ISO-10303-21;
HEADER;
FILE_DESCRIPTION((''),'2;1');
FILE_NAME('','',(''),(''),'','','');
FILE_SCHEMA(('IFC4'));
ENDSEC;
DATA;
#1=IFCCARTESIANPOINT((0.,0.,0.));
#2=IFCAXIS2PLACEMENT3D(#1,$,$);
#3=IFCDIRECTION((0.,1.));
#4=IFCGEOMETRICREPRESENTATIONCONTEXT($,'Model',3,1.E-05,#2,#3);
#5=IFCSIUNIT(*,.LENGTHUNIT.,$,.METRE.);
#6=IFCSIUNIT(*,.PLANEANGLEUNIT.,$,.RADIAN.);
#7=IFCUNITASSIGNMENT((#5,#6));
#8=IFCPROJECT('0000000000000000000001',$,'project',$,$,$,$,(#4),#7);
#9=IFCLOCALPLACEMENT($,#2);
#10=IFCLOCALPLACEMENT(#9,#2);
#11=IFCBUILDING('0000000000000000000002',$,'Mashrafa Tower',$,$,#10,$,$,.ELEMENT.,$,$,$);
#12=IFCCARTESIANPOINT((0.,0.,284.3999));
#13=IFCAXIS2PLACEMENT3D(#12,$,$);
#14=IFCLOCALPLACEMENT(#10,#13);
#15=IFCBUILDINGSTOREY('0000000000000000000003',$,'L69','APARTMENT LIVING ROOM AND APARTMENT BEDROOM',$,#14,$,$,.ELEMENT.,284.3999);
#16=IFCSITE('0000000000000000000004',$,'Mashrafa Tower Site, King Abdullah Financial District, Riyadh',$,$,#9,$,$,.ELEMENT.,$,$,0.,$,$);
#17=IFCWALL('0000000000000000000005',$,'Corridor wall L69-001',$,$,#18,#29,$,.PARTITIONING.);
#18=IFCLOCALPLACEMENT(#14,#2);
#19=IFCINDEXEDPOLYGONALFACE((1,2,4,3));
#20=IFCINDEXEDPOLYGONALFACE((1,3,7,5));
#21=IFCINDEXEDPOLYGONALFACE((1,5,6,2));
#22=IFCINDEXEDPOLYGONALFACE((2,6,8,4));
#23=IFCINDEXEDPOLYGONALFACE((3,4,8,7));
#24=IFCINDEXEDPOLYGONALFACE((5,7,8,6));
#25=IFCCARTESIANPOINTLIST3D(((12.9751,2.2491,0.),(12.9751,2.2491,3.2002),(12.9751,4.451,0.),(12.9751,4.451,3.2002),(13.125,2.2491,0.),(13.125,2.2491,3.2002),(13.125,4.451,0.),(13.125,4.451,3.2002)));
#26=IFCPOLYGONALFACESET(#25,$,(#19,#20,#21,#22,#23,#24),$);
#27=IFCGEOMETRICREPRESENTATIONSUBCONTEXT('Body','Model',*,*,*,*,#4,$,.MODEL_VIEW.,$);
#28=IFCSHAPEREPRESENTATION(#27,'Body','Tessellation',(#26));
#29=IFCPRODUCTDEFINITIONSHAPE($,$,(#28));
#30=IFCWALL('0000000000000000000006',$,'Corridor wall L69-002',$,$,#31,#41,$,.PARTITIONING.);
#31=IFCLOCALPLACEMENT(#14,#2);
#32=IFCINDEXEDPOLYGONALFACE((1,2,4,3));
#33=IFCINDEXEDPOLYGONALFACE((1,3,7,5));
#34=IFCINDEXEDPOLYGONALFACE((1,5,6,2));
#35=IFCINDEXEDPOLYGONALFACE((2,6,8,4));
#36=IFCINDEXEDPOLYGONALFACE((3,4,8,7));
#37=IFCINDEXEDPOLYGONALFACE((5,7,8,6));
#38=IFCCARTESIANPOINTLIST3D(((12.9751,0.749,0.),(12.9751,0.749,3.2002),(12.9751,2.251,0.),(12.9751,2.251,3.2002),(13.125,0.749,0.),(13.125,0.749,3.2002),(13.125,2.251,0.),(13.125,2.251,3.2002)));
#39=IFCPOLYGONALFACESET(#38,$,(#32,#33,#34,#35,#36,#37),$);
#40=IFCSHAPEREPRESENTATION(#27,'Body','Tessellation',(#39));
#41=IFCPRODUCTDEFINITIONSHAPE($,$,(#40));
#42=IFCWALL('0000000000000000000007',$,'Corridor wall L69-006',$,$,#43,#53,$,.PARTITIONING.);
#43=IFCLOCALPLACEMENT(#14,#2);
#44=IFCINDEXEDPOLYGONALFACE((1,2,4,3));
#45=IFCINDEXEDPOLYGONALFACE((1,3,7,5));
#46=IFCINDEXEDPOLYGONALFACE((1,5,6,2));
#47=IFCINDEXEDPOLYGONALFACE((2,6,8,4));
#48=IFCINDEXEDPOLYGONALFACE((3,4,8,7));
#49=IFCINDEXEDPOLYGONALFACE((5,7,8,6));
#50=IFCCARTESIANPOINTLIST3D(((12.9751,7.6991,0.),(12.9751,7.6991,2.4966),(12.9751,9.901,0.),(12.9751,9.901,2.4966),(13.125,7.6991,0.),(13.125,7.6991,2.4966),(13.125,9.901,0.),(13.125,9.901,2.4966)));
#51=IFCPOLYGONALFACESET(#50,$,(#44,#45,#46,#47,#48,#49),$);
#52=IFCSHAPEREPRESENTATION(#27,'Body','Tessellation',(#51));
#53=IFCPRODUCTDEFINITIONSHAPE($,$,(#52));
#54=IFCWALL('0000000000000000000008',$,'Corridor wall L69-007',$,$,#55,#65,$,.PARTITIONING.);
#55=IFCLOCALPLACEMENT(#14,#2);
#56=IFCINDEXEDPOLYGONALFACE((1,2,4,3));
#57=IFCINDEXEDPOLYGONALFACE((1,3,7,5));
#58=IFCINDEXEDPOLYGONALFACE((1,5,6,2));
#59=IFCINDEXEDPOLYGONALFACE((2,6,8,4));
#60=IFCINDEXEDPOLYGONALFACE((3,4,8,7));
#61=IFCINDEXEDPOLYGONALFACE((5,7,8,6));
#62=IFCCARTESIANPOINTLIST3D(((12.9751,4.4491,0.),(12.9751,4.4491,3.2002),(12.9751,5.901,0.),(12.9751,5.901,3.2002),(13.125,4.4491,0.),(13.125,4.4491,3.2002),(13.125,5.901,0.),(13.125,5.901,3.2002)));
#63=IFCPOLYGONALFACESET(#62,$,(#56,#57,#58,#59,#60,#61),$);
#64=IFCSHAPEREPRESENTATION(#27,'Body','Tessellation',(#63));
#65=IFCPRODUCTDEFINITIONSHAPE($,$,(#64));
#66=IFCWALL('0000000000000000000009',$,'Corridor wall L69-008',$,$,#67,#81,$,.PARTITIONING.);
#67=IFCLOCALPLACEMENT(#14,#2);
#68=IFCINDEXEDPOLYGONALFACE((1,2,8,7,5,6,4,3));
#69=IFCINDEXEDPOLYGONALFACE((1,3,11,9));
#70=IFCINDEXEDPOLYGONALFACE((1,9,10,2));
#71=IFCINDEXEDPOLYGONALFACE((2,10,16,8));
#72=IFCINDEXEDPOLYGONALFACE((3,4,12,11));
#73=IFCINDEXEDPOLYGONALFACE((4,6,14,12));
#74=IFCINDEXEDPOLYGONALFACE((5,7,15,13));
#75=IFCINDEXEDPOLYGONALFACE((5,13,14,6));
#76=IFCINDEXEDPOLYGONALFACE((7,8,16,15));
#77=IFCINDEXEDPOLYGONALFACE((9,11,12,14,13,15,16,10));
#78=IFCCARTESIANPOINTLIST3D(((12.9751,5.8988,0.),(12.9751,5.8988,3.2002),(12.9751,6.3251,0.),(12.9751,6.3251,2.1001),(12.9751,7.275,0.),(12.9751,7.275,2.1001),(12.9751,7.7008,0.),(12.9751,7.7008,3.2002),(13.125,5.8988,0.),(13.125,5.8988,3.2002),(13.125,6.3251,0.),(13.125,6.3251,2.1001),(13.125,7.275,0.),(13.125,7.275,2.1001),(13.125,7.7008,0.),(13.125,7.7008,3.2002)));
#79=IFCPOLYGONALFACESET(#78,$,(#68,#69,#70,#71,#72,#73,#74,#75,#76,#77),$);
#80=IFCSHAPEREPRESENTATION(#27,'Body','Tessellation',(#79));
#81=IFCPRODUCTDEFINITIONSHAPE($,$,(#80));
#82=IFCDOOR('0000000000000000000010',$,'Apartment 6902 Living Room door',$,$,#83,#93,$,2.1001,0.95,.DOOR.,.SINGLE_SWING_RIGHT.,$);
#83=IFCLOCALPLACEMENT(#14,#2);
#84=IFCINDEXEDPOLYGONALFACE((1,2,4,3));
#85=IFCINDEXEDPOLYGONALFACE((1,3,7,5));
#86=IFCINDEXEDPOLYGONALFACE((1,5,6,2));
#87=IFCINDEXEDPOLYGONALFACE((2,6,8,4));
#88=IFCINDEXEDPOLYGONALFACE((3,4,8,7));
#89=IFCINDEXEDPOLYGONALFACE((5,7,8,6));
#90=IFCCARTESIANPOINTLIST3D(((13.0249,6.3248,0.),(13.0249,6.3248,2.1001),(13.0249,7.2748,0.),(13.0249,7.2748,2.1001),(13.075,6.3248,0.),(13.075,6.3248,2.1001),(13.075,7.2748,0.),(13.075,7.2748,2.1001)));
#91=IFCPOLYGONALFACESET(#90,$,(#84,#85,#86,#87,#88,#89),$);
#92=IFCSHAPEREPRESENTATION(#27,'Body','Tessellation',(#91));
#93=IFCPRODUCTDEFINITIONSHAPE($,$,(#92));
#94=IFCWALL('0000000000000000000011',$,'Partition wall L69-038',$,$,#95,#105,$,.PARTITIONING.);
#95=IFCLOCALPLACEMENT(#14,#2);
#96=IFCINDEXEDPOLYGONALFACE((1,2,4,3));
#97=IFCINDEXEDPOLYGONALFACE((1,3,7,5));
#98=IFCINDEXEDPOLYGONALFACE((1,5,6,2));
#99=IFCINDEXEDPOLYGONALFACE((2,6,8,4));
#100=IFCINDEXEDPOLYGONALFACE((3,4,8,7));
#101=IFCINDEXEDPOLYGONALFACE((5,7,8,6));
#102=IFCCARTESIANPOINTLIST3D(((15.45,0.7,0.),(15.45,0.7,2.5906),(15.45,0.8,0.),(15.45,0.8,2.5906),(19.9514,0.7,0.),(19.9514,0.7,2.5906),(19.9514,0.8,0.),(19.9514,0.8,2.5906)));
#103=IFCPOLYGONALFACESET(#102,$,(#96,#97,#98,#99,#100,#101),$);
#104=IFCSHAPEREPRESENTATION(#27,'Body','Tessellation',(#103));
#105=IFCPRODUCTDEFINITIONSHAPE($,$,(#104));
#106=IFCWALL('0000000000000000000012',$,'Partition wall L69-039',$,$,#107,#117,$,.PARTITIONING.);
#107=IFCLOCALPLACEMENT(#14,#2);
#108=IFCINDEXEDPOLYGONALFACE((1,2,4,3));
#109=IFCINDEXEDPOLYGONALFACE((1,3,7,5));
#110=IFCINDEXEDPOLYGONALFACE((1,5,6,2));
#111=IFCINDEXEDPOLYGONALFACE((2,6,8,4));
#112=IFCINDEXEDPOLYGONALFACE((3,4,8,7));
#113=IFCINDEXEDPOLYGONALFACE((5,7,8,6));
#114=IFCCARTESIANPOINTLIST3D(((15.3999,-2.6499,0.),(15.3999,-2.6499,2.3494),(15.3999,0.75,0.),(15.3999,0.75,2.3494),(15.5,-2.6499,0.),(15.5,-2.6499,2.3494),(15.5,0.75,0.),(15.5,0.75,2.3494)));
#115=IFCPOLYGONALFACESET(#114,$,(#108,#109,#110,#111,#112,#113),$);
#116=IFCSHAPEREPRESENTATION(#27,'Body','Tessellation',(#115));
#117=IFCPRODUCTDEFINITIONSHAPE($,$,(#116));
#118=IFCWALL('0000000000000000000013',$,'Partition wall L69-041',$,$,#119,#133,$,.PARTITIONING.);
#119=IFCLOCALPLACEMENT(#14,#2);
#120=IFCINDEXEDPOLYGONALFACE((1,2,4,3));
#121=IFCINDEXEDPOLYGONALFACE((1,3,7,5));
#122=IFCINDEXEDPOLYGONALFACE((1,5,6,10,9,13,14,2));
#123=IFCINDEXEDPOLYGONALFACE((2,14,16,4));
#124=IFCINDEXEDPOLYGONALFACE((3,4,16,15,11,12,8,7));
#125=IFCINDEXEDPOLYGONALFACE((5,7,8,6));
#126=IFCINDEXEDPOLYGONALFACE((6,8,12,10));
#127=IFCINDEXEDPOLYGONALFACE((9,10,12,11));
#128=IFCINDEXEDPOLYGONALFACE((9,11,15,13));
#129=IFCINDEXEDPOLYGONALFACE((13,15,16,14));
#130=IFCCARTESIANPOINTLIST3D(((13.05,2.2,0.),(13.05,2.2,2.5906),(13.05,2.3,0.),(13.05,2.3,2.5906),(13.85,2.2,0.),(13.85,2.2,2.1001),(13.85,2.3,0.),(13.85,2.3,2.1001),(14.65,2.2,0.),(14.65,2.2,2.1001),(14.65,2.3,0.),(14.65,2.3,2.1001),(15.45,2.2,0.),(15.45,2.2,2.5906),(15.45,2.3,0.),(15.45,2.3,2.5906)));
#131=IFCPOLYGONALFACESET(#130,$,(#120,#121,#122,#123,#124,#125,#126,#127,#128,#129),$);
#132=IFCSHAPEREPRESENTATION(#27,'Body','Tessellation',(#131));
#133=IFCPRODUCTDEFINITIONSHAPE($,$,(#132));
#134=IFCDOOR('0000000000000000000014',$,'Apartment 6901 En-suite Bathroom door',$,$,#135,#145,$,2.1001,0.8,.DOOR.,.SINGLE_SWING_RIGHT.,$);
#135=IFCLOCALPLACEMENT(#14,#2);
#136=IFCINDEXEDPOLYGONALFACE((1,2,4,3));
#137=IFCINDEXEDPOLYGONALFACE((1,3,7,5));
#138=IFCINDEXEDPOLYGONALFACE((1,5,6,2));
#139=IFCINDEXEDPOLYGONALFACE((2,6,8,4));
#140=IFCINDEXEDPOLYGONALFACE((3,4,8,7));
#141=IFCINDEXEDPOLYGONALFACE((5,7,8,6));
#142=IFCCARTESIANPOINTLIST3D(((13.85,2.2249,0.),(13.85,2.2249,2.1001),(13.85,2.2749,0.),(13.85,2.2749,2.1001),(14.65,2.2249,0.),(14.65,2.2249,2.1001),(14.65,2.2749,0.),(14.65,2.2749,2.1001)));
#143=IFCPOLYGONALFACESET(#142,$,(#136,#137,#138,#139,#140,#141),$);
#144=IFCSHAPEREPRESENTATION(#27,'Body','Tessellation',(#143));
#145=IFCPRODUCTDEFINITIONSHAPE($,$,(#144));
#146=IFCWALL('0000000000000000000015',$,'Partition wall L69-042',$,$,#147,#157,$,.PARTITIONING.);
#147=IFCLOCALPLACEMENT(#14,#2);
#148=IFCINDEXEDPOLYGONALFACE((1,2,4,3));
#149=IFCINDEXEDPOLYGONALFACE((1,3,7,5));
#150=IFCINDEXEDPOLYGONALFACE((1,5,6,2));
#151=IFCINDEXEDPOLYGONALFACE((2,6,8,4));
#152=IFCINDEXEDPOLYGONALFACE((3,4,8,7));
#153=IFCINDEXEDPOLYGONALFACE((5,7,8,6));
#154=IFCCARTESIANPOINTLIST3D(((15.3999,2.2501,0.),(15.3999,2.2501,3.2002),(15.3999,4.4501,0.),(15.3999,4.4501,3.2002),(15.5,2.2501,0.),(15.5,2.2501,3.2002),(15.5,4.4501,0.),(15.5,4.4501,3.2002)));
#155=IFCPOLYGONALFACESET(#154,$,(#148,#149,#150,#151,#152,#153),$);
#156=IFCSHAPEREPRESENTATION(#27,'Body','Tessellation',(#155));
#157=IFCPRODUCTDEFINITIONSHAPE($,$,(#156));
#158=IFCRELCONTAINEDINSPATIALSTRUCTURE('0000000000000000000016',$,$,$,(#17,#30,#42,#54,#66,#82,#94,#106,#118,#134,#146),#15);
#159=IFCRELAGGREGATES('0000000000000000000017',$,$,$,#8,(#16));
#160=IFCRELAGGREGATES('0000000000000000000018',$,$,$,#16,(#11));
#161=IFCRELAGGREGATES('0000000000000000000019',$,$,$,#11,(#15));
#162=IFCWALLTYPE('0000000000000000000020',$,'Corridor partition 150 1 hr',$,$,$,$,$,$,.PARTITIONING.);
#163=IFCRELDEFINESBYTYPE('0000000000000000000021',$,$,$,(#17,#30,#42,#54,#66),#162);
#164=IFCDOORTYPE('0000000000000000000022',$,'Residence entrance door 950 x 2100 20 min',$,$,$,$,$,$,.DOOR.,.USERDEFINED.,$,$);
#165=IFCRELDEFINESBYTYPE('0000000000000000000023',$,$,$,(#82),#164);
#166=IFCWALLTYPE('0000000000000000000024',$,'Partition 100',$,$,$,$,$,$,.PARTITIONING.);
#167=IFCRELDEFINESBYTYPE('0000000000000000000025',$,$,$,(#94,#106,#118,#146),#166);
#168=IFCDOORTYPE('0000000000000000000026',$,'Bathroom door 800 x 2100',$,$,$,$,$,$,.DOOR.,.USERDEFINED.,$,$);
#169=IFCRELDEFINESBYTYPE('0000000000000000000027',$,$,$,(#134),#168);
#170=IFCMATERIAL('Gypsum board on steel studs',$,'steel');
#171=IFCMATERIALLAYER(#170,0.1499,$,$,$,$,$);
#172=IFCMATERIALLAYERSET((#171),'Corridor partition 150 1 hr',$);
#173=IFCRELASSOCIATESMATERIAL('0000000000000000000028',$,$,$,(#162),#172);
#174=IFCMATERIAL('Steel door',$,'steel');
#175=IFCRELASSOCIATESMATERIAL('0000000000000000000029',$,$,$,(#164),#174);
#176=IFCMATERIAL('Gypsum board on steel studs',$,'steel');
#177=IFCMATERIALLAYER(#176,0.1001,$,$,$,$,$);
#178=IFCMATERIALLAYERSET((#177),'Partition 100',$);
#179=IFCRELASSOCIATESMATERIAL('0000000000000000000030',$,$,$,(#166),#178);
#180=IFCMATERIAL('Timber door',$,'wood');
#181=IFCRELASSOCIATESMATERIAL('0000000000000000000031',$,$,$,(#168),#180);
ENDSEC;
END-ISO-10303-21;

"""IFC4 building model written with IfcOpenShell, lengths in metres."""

from ifc_helpers import new_model, si_unit, direction, frame, frame_2d, origin, place, context, subcontext, project, spatial, rectangle, extrude, material, layer, layer_set, type_object, element, fill, save


model = new_model("IFC4")

# Units and contexts
model_context = context("Model", 3, precision=1e-05, world=origin(), true_north=direction((0.0, 1.0)))
body_context = subcontext(model_context, "Body", "Model", "MODEL_VIEW")
ifc_project = project(units=[si_unit("LENGTHUNIT", "METRE"), si_unit("PLANEANGLEUNIT", "RADIAN")], contexts=[model_context])

# Site, building, storey
site_placement = place(None, origin())
site = spatial("IfcSite", under=ifc_project, at=site_placement, Name="Mashrafa Tower Site, King Abdullah Financial District, Riyadh", CompositionType="ELEMENT", RefElevation=0.0)
building_placement = place(site_placement, origin())
building = spatial("IfcBuilding", under=site, at=building_placement, Name="Mashrafa Tower", CompositionType="ELEMENT")
storey_placement = place(building_placement, frame((0.0, 0.0, 284.3999)))
storey = spatial("IfcBuildingStorey", under=building, at=storey_placement, Name="L69", Description="APARTMENT LIVING ROOM AND APARTMENT BEDROOM", CompositionType="ELEMENT", Elevation=284.3999)

# Walls
ifc_material_1 = material(Name="Gypsum board on steel studs", Category="steel")
ifc_layer_1 = layer(ifc_material_1, 0.1499)
ifc_layer_set_1 = layer_set([ifc_layer_1], Name="Corridor partition 150 1 hr")
wall_type_1 = type_object("IfcWallType", Name="Corridor partition 150 1 hr", PredefinedType="PARTITIONING", material=ifc_layer_set_1)
wall_1_placement = place(storey_placement, frame((13.05, 2.249, 0.0), z_axis=(0.0, 0.0, 1.0), x_axis=(0.0, 1.0, 0.0)))
element("IfcWall", 1, at=wall_1_placement, inside=storey, type_object=wall_type_1, Name="Corridor wall L69-001", PredefinedType="PARTITIONING", context=body_context, shape_type="SweptSolid", body=[
    extrude(rectangle(XDim=2.2019, YDim=0.1499, at=frame_2d((1.1011, 0.0))), origin(), (0.0, 0.0, 1.0), 3.2002),
])
wall_2_placement = place(storey_placement, frame((13.05, 0.749, 0.0), z_axis=(0.0, 0.0, 1.0), x_axis=(0.0, 1.0, 0.0)))
element("IfcWall", 2, at=wall_2_placement, inside=storey, type_object=wall_type_1, Name="Corridor wall L69-002", PredefinedType="PARTITIONING", context=body_context, shape_type="SweptSolid", body=[
    extrude(rectangle(XDim=1.502, YDim=0.1499, at=frame_2d((0.751, 0.0))), origin(), (0.0, 0.0, 1.0), 3.2002),
])
wall_3_placement = place(storey_placement, frame((13.05, 7.699, 0.0), z_axis=(0.0, 0.0, 1.0), x_axis=(0.0, 1.0, 0.0)))
element("IfcWall", 3, at=wall_3_placement, inside=storey, type_object=wall_type_1, Name="Corridor wall L69-006", PredefinedType="PARTITIONING", context=body_context, shape_type="SweptSolid", body=[
    extrude(rectangle(XDim=2.2019, YDim=0.1499, at=frame_2d((1.1011, 0.0))), origin(), (0.0, 0.0, 1.0), 2.4966),
])
wall_4_placement = place(storey_placement, frame((13.05, 4.449, 0.0), z_axis=(0.0, 0.0, 1.0), x_axis=(0.0, 1.0, 0.0)))
element("IfcWall", 4, at=wall_4_placement, inside=storey, type_object=wall_type_1, Name="Corridor wall L69-007", PredefinedType="PARTITIONING", context=body_context, shape_type="SweptSolid", body=[
    extrude(rectangle(XDim=1.4519, YDim=0.1499, at=frame_2d((0.7261, 0.0))), origin(), (0.0, 0.0, 1.0), 3.2002),
])

# Wall, opening, door
wall_5_placement = place(storey_placement, frame((13.05, 5.8989, 0.0), z_axis=(0.0, 0.0, 1.0), x_axis=(0.0, 1.0, 0.0)))
wall_5 = element("IfcWall", 5, at=wall_5_placement, inside=storey, type_object=wall_type_1, Name="Corridor wall L69-008", PredefinedType="PARTITIONING", context=body_context, shape_type="SweptSolid", body=[
    extrude(rectangle(XDim=1.802, YDim=0.1499, at=frame_2d((0.9009, 0.0))), origin(), (0.0, 0.0, 1.0), 3.2002),
])
opening_1_placement = place(wall_5_placement, frame((0.426, 0.0, 0.0)))
opening_1 = element("IfcOpeningElement", 6, at=opening_1_placement, cuts=wall_5, PredefinedType="OPENING", context=body_context, shape_type="SweptSolid", body=[
    extrude(rectangle(XDim=0.95, YDim=2.1001, at=frame_2d((0.4751, 1.05))), frame((0.0, 0.085, 0.0), z_axis=(0.0, -1.0, 0.0), x_axis=(1.0, 0.0, 0.0)), (0.0, 0.0, 1.0), 0.1699),
])
ifc_material_2 = material(Name="Steel door", Category="steel")
door_type_1 = type_object("IfcDoorType", Name="Residence entrance door 950 x 2100 20 min", OperationType="USERDEFINED", PredefinedType="DOOR", material=ifc_material_2)
door_1_placement = place(opening_1_placement, frame((0.95, 0.0, 0.0), z_axis=(0.0, 0.0, 1.0), x_axis=(-1.0, 0.0, 0.0)))
door_1 = element("IfcDoor", 7, at=door_1_placement, inside=storey, type_object=door_type_1, Name="Apartment 6902 Living Room door", OperationType="SINGLE_SWING_RIGHT", OverallHeight=2.1001, OverallWidth=0.95, PredefinedType="DOOR", context=body_context, shape_type="SweptSolid", body=[
    extrude(rectangle(XDim=0.95, YDim=2.1001, at=frame_2d((0.4751, 1.05))), frame((0.0, 0.0249, 0.0), z_axis=(0.0, -1.0, 0.0), x_axis=(1.0, 0.0, 0.0)), (0.0, 0.0, 1.0), 0.05),
])
fill(opening_1, door_1)

# Walls
ifc_material_3 = material(Name="Gypsum board on steel studs", Category="steel")
ifc_layer_2 = layer(ifc_material_3, 0.1001)
ifc_layer_set_2 = layer_set([ifc_layer_2], Name="Partition 100")
wall_type_2 = type_object("IfcWallType", Name="Partition 100", PredefinedType="PARTITIONING", material=ifc_layer_set_2)
wall_6_placement = place(storey_placement, frame((19.9514, 0.75, 0.0), z_axis=(0.0, 0.0, 1.0), x_axis=(-1.0, 0.0, 0.0)))
element("IfcWall", 8, at=wall_6_placement, inside=storey, type_object=wall_type_2, Name="Partition wall L69-038", PredefinedType="PARTITIONING", context=body_context, shape_type="SweptSolid", body=[
    extrude(rectangle(XDim=4.5015, YDim=0.1001, at=frame_2d((2.2507, 0.0))), origin(), (0.0, 0.0, 1.0), 2.5906),
])
wall_7_placement = place(storey_placement, frame((15.45, 0.75, 0.0), z_axis=(0.0, 0.0, 1.0), x_axis=(0.0, -1.0, 0.0)))
element("IfcWall", 9, at=wall_7_placement, inside=storey, type_object=wall_type_2, Name="Partition wall L69-039", PredefinedType="PARTITIONING", context=body_context, shape_type="SweptSolid", body=[
    extrude(rectangle(XDim=3.3999, YDim=0.1001, at=frame_2d((1.7, 0.0))), origin(), (0.0, 0.0, 1.0), 2.3494),
])

# Wall, opening, door
wall_8_placement = place(storey_placement, frame((13.05, 2.25, 0.0), z_axis=(0.0, 0.0, 1.0), x_axis=(1.0, 0.0, 0.0)))
wall_8 = element("IfcWall", 10, at=wall_8_placement, inside=storey, type_object=wall_type_2, Name="Partition wall L69-041", PredefinedType="PARTITIONING", context=body_context, shape_type="SweptSolid", body=[
    extrude(rectangle(XDim=2.3999, YDim=0.1001, at=frame_2d((1.2, 0.0))), origin(), (0.0, 0.0, 1.0), 2.5906),
])
opening_2_placement = place(wall_8_placement, frame((0.8, 0.0, 0.0)))
opening_2 = element("IfcOpeningElement", 11, at=opening_2_placement, cuts=wall_8, PredefinedType="OPENING", context=body_context, shape_type="SweptSolid", body=[
    extrude(rectangle(XDim=0.8, YDim=2.1001, at=frame_2d((0.3999, 1.05))), frame((0.0, 0.0601, 0.0), z_axis=(0.0, -1.0, 0.0), x_axis=(1.0, 0.0, 0.0)), (0.0, 0.0, 1.0), 0.1201),
])
ifc_material_4 = material(Name="Timber door", Category="wood")
door_type_2 = type_object("IfcDoorType", Name="Bathroom door 800 x 2100", OperationType="USERDEFINED", PredefinedType="DOOR", material=ifc_material_4)
door_2_placement = place(opening_2_placement, origin())
door_2 = element("IfcDoor", 12, at=door_2_placement, inside=storey, type_object=door_type_2, Name="Apartment 6901 En-suite Bathroom door", OperationType="SINGLE_SWING_RIGHT", OverallHeight=2.1001, OverallWidth=0.8, PredefinedType="DOOR", context=body_context, shape_type="SweptSolid", body=[
    extrude(rectangle(XDim=0.8, YDim=2.1001, at=frame_2d((0.3999, 1.05))), frame((0.0, 0.0249, 0.0), z_axis=(0.0, -1.0, 0.0), x_axis=(1.0, 0.0, 0.0)), (0.0, 0.0, 1.0), 0.05),
])
fill(opening_2, door_2)

# Wall
wall_9_placement = place(storey_placement, frame((15.45, 2.25, 0.0), z_axis=(0.0, 0.0, 1.0), x_axis=(0.0, 1.0, 0.0)))
element("IfcWall", 13, at=wall_9_placement, inside=storey, type_object=wall_type_2, Name="Partition wall L69-042", PredefinedType="PARTITIONING", context=body_context, shape_type="SweptSolid", body=[
    extrude(rectangle(XDim=2.2, YDim=0.1001, at=frame_2d((1.1001, 0.0))), origin(), (0.0, 0.0, 1.0), 3.2002),
])

save(model, "model.ifc")
